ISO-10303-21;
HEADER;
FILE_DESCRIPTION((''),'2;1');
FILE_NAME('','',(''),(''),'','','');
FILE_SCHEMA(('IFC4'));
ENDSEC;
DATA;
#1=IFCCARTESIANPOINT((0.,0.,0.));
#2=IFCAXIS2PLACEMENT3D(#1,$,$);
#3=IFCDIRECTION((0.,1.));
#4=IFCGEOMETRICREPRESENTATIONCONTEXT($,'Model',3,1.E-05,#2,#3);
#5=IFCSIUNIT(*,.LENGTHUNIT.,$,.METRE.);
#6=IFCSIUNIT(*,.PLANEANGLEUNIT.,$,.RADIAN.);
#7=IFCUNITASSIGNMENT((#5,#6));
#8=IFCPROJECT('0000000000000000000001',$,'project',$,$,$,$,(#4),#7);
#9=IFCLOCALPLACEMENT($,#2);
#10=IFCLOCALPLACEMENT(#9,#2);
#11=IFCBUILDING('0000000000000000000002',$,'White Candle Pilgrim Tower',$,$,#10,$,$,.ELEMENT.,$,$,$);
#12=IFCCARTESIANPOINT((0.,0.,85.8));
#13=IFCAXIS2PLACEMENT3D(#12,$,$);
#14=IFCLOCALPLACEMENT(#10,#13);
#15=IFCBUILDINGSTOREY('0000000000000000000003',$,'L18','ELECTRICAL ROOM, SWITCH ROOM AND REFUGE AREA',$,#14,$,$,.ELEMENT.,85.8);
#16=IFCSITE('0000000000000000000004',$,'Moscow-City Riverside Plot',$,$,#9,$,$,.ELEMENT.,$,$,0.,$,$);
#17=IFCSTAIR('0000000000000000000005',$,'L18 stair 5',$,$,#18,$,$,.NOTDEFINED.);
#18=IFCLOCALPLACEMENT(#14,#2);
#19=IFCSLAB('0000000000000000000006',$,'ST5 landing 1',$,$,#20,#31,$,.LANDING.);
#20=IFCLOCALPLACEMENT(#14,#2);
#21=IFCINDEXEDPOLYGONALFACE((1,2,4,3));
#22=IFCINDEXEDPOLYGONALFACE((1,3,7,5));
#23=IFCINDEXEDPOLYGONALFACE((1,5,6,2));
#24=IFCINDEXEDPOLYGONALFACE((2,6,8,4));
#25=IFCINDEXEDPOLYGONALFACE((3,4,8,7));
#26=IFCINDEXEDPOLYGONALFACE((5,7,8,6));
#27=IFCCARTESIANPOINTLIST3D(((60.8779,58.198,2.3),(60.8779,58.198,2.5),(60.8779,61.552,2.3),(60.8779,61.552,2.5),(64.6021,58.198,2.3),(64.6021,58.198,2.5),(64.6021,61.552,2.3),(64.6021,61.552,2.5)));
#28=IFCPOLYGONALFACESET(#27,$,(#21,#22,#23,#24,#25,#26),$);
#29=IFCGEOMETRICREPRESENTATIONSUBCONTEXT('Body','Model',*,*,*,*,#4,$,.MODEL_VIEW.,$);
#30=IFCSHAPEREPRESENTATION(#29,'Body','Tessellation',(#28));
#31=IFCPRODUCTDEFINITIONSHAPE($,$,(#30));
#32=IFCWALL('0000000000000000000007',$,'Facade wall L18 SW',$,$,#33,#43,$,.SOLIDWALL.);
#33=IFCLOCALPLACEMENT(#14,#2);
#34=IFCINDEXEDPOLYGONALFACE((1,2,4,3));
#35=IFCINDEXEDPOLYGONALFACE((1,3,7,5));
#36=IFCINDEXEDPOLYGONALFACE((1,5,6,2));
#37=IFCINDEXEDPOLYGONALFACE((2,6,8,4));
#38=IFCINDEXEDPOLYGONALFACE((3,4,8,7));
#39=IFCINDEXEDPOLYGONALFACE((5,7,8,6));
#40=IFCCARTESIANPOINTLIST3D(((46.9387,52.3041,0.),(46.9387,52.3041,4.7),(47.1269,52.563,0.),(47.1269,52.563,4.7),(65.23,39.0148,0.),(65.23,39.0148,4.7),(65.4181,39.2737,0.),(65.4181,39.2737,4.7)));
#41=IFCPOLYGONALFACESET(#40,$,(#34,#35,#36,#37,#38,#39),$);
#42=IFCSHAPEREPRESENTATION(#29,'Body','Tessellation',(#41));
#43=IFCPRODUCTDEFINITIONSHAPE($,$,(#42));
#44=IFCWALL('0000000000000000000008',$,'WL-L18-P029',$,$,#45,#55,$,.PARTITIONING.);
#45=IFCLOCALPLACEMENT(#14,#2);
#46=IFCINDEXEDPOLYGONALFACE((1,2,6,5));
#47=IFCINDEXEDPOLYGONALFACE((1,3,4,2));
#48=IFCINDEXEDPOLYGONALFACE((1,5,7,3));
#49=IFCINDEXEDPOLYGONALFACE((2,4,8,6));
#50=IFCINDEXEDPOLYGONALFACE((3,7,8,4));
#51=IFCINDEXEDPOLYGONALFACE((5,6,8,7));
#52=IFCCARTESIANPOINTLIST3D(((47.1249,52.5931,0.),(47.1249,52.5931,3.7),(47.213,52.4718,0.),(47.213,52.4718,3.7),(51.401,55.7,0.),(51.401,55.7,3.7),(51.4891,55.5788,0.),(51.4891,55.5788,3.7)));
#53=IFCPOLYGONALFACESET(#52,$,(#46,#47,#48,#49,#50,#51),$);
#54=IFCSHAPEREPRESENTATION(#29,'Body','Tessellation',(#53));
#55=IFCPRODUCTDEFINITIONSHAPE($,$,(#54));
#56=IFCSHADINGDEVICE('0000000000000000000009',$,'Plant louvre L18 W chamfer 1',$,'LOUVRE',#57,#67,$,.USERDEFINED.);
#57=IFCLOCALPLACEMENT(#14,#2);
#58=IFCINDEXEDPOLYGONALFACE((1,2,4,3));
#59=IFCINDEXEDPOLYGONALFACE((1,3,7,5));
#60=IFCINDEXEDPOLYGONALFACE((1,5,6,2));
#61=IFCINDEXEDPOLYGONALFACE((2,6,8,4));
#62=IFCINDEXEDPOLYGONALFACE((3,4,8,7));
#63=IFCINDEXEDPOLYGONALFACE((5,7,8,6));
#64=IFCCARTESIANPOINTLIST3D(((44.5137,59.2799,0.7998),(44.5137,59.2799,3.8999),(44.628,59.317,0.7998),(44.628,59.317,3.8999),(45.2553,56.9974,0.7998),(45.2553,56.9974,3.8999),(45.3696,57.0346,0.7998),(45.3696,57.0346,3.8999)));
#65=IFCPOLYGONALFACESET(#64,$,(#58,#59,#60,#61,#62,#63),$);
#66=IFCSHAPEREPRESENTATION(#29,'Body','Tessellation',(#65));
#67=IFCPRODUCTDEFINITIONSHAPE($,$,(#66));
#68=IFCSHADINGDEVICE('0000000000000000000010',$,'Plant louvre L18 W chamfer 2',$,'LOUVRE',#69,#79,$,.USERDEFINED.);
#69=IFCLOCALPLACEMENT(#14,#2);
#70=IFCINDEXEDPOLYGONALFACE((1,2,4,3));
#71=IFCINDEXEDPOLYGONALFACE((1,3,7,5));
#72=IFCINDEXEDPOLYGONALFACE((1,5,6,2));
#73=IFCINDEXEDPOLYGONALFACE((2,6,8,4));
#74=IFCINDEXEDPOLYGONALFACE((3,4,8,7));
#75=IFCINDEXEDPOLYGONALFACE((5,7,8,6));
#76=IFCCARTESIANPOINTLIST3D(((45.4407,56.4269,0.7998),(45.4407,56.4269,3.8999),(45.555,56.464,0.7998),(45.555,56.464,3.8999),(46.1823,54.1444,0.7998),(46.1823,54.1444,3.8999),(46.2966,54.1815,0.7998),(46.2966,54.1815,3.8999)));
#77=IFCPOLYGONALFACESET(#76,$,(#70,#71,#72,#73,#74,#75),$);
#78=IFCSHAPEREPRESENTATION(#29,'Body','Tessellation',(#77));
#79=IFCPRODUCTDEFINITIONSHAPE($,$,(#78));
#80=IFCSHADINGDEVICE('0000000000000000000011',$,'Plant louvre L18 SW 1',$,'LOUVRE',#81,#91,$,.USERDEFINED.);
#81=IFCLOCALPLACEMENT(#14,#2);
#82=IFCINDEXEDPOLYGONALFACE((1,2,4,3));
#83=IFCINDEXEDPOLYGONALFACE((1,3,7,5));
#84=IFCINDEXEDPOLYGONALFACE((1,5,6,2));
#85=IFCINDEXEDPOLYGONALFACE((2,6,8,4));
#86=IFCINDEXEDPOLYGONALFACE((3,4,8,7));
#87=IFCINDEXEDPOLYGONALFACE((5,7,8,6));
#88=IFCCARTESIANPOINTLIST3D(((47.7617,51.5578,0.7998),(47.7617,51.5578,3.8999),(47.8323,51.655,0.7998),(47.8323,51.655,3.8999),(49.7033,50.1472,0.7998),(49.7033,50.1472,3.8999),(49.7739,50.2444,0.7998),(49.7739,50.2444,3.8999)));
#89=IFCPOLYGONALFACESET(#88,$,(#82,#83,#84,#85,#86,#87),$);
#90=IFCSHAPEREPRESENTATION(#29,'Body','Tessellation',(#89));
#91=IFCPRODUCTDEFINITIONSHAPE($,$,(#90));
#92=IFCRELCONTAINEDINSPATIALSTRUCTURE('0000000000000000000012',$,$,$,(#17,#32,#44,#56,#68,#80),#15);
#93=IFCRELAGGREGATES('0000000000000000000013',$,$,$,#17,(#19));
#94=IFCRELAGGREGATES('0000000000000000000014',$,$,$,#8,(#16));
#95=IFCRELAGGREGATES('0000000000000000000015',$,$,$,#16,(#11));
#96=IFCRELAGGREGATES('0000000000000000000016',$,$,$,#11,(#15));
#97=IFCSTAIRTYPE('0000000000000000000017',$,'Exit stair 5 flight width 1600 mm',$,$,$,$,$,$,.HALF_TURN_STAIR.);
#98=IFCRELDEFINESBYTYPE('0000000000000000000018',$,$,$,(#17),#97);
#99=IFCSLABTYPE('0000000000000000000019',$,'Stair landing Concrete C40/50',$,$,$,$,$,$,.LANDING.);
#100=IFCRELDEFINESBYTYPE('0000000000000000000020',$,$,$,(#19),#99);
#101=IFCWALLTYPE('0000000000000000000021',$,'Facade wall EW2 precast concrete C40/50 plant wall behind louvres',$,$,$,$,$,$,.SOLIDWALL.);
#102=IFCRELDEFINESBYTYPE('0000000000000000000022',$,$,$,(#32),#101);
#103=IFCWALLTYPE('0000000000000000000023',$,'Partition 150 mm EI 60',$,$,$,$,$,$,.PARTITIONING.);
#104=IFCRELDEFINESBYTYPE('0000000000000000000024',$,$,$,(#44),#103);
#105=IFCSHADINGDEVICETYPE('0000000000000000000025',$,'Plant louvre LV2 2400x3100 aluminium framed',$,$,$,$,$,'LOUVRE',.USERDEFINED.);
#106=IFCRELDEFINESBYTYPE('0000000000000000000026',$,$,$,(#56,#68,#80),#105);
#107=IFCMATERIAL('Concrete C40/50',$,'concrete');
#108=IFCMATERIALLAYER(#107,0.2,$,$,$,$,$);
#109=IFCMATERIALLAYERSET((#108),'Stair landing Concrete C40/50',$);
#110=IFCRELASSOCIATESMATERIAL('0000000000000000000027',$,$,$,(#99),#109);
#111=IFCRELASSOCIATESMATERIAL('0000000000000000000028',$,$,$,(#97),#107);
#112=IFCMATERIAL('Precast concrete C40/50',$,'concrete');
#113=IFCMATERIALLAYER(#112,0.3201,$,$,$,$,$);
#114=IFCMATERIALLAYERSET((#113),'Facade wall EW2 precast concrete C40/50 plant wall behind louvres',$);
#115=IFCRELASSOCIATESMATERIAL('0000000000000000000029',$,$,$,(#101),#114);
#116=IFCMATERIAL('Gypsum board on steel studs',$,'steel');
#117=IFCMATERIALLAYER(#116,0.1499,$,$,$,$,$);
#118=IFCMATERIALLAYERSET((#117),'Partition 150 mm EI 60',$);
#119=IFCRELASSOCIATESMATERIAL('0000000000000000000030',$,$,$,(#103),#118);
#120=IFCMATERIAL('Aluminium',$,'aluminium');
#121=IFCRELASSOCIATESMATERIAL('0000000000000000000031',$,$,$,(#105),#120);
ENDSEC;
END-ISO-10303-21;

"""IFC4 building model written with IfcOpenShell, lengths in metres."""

from ifc_helpers import new_model, si_unit, direction, frame, frame_2d, origin, origin_2d, place, context, subcontext, project, spatial, polyline, rectangle, outline, extrude, material, layer, layer_set, type_object, element, aggregate, save


model = new_model("IFC4")

# Units and contexts
model_context = context("Model", 3, precision=1e-05, world=origin(), true_north=direction((0.0, 1.0)))
body_context = subcontext(model_context, "Body", "Model", "MODEL_VIEW")
ifc_project = project(units=[si_unit("LENGTHUNIT", "METRE"), si_unit("PLANEANGLEUNIT", "RADIAN")], contexts=[model_context])

# Site, building, storey
site_placement = place(None, origin())
site = spatial("IfcSite", under=ifc_project, at=site_placement, Name="Moscow-City Riverside Plot", CompositionType="ELEMENT", RefElevation=0.0)
building_placement = place(site_placement, origin())
building = spatial("IfcBuilding", under=site, at=building_placement, Name="White Candle Pilgrim Tower", CompositionType="ELEMENT")
storey_placement = place(building_placement, frame((0.0, 0.0, 85.8)))
storey = spatial("IfcBuildingStorey", under=building, at=storey_placement, Name="L18", Description="ELECTRICAL ROOM, SWITCH ROOM AND REFUGE AREA", CompositionType="ELEMENT", Elevation=85.8)

# Stair, slab
ifc_material_1 = material(Name="Concrete C40/50", Category="concrete")
ifc_layer_1 = layer(ifc_material_1, 0.2)
ifc_layer_set_1 = layer_set([ifc_layer_1], Name="Stair landing Concrete C40/50")
slab_type = type_object("IfcSlabType", Name="Stair landing Concrete C40/50", PredefinedType="LANDING", material=ifc_layer_set_1)
stair_type_1 = type_object("IfcStairType", Name="Exit stair 5 flight width 1600 mm", PredefinedType="HALF_TURN_STAIR", material=ifc_material_1)
stair_1_placement = place(storey_placement, origin())
stair_1 = element("IfcStair", 1, at=stair_1_placement, inside=storey, type_object=stair_type_1, Name="L18 stair 5", PredefinedType="NOTDEFINED")
slab_1_placement = place(storey_placement, frame((0.0, 0.0, 2.3)))
slab_1 = element("IfcSlab", 2, at=slab_1_placement, type_object=slab_type, Name="ST5 landing 1", PredefinedType="LANDING", context=body_context, shape_type="SweptSolid", body=[
    extrude(outline(polyline([(60.8779, 58.198), (60.8779, 61.552), (64.6021, 61.552), (64.6021, 58.198), (60.8779, 58.198)])), origin(), (0.0, 0.0, 1.0), 0.2),
])
aggregate(stair_1, [slab_1])

# Walls
ifc_material_2 = material(Name="Precast concrete C40/50", Category="concrete")
ifc_layer_2 = layer(ifc_material_2, 0.3201)
ifc_layer_set_2 = layer_set([ifc_layer_2], Name="Facade wall EW2 precast concrete C40/50 plant wall behind louvres")
wall_type_1 = type_object("IfcWallType", Name="Facade wall EW2 precast concrete C40/50 plant wall behind louvres", PredefinedType="SOLIDWALL", material=ifc_layer_set_2)
wall_1_placement = place(storey_placement, frame((47.0327, 52.4336, 0.0), z_axis=(0.0, 0.0, 1.0), x_axis=(0.809018, -0.587783, 0.0)))
element("IfcWall", 3, at=wall_1_placement, inside=storey, type_object=wall_type_1, Name="Facade wall L18 SW", PredefinedType="SOLIDWALL", context=body_context, shape_type="SweptSolid", body=[
    extrude(rectangle(XDim=22.6091, YDim=0.3201, at=frame_2d((11.3047, 0.0))), origin(), (0.0, 0.0, 1.0), 4.7),
])
ifc_material_3 = material(Name="Gypsum board on steel studs", Category="steel")
ifc_layer_3 = layer(ifc_material_3, 0.1499)
ifc_layer_set_3 = layer_set([ifc_layer_3], Name="Partition 150 mm EI 60")
wall_type_2 = type_object("IfcWallType", Name="Partition 150 mm EI 60", PredefinedType="PARTITIONING", material=ifc_layer_set_3)
wall_2_placement = place(storey_placement, frame((47.1689, 52.5325, 0.0), z_axis=(0.0, 0.0, 1.0), x_axis=(0.809004, 0.587804, 0.0)))
element("IfcWall", 4, at=wall_2_placement, inside=storey, type_object=wall_type_2, Name="WL-L18-P029", PredefinedType="PARTITIONING", context=body_context, shape_type="SweptSolid", body=[
    extrude(rectangle(XDim=5.2856, YDim=0.1499, at=frame_2d((2.6428, 0.0))), origin(), (0.0, 0.0, 1.0), 3.7),
])

# Shading devices
ifc_material_4 = material(Name="Aluminium", Category="aluminium")
shading_device_type = type_object("IfcShadingDeviceType", Name="Plant louvre LV2 2400x3100 aluminium framed", ElementType="LOUVRE", PredefinedType="USERDEFINED", material=ifc_material_4)
for number, where, z_axis, x_axis, name in (
    (5, (44.9417, 58.1572, 0.7998), (0.0, 0.0, 1.0), (0.309017, -0.951057, 0.0), "Plant louvre L18 W chamfer 1"),
    (6, (45.8687, 55.3042, 0.7998), (0.0, 0.0, 1.0), (0.309017, -0.951057, 0.0), "Plant louvre L18 W chamfer 2"),
    (7, (48.7678, 50.9011, 0.7998), (0.0, 0.0, 1.0), (0.809017, -0.587785, 0.0), "Plant louvre L18 SW 1"),
):
    element("IfcShadingDevice", number, at=place(storey_placement, frame(where, z_axis=z_axis, x_axis=x_axis)), inside=storey, type_object=shading_device_type, Name=name, ObjectType="LOUVRE", PredefinedType="USERDEFINED", context=body_context, shape_type="SweptSolid", body=[
        extrude(rectangle(XDim=2.3999, YDim=0.1201, at=origin_2d()), origin(), (0.0, 0.0, 1.0), 3.1001),
    ])

save(model, "model.ifc")
